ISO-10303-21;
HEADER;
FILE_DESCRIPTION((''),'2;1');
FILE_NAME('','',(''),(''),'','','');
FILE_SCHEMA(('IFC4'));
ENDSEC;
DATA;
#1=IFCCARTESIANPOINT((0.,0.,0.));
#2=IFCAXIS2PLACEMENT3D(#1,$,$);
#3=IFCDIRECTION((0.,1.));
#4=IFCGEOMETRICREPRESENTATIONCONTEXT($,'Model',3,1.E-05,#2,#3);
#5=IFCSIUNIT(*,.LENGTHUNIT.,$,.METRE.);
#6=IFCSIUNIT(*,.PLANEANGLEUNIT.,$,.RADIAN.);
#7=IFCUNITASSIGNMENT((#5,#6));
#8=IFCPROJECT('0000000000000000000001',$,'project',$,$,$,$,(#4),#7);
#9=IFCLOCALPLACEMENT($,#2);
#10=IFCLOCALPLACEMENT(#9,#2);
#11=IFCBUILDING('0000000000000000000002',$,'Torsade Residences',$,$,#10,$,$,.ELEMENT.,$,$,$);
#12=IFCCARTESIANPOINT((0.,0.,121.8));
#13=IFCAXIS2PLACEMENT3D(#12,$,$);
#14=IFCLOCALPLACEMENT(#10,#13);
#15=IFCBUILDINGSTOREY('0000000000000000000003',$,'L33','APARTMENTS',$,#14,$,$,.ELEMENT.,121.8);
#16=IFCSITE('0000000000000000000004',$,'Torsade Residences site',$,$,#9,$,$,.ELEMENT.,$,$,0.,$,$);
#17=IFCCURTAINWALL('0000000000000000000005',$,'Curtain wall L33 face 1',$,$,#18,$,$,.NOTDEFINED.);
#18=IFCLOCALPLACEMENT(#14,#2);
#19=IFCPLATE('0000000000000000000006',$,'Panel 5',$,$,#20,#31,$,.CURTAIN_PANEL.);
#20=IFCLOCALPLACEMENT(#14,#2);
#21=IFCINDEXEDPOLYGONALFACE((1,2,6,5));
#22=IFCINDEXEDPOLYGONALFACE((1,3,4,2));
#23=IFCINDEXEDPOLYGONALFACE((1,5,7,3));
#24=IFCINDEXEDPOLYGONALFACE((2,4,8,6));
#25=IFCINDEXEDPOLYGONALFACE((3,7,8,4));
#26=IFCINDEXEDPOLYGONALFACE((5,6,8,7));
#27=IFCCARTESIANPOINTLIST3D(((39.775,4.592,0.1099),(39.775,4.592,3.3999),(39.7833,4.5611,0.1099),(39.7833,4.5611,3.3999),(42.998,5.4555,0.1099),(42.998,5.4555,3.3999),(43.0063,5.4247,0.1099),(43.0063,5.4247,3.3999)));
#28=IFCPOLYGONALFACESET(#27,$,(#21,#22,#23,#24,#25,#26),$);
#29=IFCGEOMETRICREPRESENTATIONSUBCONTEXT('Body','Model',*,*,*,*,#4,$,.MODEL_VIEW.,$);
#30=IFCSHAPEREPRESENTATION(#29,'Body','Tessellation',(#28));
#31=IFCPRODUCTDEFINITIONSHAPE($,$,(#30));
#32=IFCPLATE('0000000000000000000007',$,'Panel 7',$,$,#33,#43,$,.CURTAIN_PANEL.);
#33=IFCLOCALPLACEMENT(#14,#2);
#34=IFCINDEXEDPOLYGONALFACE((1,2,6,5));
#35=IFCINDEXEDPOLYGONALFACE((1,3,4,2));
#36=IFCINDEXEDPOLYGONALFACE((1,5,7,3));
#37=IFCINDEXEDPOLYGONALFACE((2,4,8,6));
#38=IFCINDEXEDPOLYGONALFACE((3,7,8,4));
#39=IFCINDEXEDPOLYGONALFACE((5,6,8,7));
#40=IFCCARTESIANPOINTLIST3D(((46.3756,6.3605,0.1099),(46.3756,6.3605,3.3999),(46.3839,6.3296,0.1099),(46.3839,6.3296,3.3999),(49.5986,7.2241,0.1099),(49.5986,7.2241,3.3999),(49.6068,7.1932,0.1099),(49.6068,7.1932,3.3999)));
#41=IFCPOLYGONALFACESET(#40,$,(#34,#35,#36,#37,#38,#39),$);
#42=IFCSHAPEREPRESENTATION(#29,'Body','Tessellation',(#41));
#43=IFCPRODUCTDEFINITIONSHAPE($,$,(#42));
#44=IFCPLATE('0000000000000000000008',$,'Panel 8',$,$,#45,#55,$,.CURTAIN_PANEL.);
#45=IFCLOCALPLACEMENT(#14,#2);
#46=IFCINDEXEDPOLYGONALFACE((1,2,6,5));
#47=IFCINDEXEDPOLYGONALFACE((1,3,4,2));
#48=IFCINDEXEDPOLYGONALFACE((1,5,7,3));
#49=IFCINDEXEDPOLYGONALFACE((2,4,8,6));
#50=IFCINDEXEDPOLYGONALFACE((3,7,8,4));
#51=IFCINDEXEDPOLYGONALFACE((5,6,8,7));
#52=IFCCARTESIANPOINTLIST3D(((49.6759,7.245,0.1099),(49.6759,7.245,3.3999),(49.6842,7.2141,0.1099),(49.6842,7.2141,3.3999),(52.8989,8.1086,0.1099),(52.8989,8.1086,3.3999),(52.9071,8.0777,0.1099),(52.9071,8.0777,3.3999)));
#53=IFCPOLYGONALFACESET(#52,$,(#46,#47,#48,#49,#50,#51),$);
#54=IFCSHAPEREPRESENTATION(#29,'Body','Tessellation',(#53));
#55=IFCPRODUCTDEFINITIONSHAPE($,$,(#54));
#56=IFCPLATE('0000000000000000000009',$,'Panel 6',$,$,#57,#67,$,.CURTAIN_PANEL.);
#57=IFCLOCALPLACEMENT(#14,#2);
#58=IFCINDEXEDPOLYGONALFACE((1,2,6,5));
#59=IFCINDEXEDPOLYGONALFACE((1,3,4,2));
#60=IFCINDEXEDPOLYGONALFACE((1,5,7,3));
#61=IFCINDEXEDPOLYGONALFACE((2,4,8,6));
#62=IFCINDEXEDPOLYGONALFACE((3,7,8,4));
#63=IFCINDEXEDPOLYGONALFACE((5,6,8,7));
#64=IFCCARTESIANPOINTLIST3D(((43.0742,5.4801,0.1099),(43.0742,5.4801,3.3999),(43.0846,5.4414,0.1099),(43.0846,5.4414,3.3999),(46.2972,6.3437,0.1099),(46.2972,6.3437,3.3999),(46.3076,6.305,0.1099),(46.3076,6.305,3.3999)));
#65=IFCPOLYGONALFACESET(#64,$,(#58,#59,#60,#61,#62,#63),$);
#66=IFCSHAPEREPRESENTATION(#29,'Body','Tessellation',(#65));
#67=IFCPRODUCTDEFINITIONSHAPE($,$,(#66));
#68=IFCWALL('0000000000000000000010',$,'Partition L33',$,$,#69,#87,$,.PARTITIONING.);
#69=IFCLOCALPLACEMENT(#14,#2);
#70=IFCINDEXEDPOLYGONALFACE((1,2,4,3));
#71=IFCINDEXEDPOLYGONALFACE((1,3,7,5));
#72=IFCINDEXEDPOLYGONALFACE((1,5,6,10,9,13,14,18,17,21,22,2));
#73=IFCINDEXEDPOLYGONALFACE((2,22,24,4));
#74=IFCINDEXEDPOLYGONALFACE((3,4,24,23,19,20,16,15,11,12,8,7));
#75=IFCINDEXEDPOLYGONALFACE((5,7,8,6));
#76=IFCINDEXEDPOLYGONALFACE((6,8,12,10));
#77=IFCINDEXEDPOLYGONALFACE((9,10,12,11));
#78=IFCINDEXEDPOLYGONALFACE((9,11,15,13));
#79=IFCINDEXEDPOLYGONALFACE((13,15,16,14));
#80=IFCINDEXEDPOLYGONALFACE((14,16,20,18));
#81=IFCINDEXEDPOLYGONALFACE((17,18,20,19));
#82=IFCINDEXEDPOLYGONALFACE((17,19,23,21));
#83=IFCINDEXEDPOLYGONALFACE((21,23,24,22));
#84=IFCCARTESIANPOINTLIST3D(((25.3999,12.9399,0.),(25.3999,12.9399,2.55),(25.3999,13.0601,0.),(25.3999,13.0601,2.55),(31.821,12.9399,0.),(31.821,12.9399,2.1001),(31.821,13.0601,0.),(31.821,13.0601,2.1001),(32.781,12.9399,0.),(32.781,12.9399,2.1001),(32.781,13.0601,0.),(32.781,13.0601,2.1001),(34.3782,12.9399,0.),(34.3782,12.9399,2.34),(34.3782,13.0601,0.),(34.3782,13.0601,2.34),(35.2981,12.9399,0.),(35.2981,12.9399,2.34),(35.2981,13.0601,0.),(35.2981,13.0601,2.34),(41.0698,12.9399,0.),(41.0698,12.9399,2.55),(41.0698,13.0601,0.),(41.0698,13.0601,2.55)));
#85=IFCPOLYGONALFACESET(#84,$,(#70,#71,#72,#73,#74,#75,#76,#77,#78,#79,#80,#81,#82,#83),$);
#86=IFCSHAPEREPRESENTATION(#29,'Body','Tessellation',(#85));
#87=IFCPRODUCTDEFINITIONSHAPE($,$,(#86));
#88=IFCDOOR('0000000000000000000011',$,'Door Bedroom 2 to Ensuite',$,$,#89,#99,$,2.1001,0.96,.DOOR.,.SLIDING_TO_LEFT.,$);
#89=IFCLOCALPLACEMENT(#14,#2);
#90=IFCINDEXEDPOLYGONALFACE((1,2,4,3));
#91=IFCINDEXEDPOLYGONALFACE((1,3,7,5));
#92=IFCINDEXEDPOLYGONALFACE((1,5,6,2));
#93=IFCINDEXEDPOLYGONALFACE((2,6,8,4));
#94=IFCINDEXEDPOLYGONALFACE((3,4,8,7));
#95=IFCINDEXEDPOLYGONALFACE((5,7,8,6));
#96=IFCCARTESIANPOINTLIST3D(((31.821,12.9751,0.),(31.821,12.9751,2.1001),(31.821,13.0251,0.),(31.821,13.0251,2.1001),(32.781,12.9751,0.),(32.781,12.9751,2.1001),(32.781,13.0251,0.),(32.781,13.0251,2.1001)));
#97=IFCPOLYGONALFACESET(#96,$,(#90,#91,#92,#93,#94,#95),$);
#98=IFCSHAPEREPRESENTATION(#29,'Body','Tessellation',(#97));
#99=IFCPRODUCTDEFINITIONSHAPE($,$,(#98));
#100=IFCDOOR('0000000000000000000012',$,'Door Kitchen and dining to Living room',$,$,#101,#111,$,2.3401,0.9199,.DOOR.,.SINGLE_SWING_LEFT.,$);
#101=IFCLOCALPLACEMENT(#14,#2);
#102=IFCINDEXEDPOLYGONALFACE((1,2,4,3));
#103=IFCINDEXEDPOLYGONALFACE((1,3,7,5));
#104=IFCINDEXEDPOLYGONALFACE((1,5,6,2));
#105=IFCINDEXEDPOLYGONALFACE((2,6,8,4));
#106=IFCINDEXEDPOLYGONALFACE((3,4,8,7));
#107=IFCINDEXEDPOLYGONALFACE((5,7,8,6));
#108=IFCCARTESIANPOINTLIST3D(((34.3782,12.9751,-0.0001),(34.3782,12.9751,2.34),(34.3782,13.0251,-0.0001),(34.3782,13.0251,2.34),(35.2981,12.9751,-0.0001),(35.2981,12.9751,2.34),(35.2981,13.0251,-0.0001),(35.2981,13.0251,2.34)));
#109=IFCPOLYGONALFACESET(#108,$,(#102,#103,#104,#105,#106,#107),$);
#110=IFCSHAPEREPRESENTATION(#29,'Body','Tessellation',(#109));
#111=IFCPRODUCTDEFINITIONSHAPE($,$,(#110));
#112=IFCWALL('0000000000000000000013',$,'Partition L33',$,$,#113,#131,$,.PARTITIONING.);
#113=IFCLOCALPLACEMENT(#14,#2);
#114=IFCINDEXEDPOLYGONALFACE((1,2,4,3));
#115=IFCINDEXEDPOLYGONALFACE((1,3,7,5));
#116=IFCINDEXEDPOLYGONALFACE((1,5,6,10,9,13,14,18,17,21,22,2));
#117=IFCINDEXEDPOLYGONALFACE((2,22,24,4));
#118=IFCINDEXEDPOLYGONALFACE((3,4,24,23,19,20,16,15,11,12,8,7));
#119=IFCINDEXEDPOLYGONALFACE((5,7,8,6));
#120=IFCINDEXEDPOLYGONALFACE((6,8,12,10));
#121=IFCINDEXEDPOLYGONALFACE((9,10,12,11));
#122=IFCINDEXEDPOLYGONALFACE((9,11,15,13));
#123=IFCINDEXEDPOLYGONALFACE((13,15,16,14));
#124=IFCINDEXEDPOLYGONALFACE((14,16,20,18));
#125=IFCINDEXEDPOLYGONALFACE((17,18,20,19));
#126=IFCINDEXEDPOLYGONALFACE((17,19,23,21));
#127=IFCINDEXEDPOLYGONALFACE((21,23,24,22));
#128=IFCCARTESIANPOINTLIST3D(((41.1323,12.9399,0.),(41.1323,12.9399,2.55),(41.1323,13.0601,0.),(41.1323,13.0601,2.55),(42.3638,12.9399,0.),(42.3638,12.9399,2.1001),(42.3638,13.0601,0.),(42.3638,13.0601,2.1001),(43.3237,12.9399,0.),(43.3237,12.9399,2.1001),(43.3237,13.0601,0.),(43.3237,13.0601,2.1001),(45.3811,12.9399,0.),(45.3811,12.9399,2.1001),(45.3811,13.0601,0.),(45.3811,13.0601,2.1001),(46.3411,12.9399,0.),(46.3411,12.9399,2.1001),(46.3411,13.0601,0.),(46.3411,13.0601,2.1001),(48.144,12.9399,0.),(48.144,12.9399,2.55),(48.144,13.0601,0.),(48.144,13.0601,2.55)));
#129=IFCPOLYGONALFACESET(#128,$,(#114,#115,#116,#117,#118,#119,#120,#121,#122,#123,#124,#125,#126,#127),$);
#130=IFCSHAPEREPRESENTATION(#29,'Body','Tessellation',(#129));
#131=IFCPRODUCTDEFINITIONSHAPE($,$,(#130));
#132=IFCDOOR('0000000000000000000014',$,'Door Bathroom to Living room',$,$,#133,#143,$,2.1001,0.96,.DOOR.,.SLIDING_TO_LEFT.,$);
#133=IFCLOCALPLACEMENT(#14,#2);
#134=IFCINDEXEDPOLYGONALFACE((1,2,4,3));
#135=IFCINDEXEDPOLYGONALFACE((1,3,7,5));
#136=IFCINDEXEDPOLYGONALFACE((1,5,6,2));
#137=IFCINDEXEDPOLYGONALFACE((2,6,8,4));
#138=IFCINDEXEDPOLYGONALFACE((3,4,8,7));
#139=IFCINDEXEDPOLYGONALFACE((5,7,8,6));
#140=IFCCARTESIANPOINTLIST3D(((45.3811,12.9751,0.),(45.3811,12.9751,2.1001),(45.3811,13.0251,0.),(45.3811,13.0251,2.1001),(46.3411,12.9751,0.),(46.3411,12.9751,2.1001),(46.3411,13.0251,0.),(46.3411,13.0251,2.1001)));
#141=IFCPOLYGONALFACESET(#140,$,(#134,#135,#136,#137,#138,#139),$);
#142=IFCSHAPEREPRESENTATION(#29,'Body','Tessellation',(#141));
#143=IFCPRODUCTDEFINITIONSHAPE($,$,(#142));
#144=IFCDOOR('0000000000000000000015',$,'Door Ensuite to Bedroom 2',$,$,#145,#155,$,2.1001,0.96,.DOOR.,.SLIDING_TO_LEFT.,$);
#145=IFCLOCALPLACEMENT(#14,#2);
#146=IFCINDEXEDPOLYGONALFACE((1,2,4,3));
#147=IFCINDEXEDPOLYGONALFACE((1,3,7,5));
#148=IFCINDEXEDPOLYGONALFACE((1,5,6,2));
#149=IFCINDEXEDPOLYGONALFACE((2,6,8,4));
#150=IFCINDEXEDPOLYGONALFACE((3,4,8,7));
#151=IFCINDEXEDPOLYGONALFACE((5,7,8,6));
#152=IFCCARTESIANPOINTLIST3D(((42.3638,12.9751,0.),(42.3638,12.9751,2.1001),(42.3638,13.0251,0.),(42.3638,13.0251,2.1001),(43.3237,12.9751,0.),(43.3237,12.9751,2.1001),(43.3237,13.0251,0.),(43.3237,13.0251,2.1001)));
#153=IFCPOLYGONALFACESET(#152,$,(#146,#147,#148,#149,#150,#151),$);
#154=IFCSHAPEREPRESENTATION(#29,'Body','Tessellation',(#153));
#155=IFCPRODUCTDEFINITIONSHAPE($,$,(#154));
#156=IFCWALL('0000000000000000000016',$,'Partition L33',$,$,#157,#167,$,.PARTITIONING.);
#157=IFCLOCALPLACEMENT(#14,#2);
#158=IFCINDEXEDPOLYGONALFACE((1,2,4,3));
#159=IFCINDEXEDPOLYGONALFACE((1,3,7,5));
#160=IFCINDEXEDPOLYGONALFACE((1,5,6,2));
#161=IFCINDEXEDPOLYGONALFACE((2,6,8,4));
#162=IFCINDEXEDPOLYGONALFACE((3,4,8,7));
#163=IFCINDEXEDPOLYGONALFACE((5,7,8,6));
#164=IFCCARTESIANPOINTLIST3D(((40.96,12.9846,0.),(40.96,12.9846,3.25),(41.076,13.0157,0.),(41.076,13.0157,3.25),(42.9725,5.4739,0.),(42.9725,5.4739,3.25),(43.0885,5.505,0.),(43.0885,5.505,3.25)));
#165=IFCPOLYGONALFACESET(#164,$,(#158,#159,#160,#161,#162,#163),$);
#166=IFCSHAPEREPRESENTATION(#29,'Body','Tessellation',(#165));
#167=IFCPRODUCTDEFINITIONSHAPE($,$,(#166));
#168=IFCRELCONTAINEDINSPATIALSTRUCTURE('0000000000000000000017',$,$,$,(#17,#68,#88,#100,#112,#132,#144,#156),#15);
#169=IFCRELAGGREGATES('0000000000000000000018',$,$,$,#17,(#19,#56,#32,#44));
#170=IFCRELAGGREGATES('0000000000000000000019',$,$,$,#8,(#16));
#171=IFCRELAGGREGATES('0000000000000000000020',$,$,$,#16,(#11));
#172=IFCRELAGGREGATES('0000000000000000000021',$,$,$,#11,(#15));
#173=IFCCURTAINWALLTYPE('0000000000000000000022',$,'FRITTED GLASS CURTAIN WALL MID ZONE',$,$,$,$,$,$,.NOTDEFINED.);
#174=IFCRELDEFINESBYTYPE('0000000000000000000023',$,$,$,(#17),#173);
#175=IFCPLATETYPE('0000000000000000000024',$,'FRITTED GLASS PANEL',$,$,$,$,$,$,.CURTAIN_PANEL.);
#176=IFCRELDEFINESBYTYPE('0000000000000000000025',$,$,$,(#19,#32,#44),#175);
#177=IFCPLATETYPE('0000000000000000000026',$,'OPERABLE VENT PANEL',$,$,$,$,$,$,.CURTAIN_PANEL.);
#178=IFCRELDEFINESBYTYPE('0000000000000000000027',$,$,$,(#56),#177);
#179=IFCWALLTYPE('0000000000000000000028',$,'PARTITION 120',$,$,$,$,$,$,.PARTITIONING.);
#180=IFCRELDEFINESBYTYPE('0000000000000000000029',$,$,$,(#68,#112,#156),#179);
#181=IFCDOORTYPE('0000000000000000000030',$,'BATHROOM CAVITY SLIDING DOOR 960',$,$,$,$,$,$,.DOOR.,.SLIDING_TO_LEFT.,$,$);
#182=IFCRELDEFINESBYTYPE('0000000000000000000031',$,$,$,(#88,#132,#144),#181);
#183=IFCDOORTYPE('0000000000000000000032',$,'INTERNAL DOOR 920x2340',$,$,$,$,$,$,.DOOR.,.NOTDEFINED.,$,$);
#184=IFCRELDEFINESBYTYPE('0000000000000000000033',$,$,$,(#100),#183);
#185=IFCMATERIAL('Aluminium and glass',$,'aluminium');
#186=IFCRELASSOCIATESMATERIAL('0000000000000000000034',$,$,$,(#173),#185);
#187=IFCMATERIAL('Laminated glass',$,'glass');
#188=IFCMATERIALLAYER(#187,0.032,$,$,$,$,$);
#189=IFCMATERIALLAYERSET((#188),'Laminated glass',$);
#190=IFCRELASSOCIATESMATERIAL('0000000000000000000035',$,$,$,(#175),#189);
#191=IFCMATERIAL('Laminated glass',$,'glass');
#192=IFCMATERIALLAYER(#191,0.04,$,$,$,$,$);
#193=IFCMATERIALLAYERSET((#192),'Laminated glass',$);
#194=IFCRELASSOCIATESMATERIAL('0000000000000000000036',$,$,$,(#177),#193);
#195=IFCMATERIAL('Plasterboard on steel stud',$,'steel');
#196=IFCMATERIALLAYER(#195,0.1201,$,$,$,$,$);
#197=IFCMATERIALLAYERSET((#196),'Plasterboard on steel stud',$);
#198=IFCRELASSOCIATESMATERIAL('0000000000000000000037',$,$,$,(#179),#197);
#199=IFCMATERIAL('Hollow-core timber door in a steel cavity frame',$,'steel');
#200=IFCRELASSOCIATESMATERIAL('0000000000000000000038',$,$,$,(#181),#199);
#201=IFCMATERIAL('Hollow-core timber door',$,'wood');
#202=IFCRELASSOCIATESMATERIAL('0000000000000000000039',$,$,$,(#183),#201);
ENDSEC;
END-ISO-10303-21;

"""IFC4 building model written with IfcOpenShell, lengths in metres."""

from ifc_helpers import new_model, si_unit, direction, frame, frame_2d, origin, origin_2d, place, context, subcontext, project, spatial, rectangle, extrude, material, layer, layer_set, type_object, element, fill, aggregate, save


model = new_model("IFC4")

# Units and contexts
model_context = context("Model", 3, precision=1e-05, world=origin(), true_north=direction((0.0, 1.0)))
body_context = subcontext(model_context, "Body", "Model", "MODEL_VIEW")
ifc_project = project(units=[si_unit("LENGTHUNIT", "METRE"), si_unit("PLANEANGLEUNIT", "RADIAN")], contexts=[model_context])

# Site, building, storey
site_placement = place(None, origin())
site = spatial("IfcSite", under=ifc_project, at=site_placement, Name="Torsade Residences site", CompositionType="ELEMENT", RefElevation=0.0)
building_placement = place(site_placement, origin())
building = spatial("IfcBuilding", under=site, at=building_placement, Name="Torsade Residences", CompositionType="ELEMENT")
storey_placement = place(building_placement, frame((0.0, 0.0, 121.8)))
storey = spatial("IfcBuildingStorey", under=building, at=storey_placement, Name="L33", Description="APARTMENTS", CompositionType="ELEMENT", Elevation=121.8)

# Curtain wall
ifc_material_1 = material(Name="Aluminium and glass", Category="aluminium")
curtain_wall_type = type_object("IfcCurtainWallType", Name="FRITTED GLASS CURTAIN WALL MID ZONE", PredefinedType="NOTDEFINED", material=ifc_material_1)
curtain_wall_placement = place(storey_placement, origin())
curtain_wall = element("IfcCurtainWall", 1, at=curtain_wall_placement, inside=storey, type_object=curtain_wall_type, Name="Curtain wall L33 face 1", PredefinedType="NOTDEFINED")

# Plates
ifc_material_2 = material(Name="Laminated glass", Category="glass")
ifc_layer_1 = layer(ifc_material_2, 0.032)
ifc_layer_set_1 = layer_set([ifc_layer_1], Name="Laminated glass")
plate_type_1 = type_object("IfcPlateType", Name="FRITTED GLASS PANEL", PredefinedType="CURTAIN_PANEL", material=ifc_layer_set_1)
plate_1_placement = place(storey_placement, frame((41.3906, 5.0083, 0.1099), z_axis=(0.0, 0.0, 1.0), x_axis=(0.965926, 0.258819, 0.0)))
plate_1 = element("IfcPlate", 2, at=plate_1_placement, type_object=plate_type_1, Name="Panel 5", PredefinedType="CURTAIN_PANEL", context=body_context, shape_type="SweptSolid", body=[
    extrude(rectangle(XDim=3.3367, YDim=0.032, at=origin_2d()), origin(), (0.0, 0.0, 1.0), 3.29),
])
plate_2_placement = place(storey_placement, frame((47.9912, 6.7769, 0.1099), z_axis=(0.0, 0.0, 1.0), x_axis=(0.965926, 0.258819, 0.0)))
plate_2 = element("IfcPlate", 3, at=plate_2_placement, type_object=plate_type_1, Name="Panel 7", PredefinedType="CURTAIN_PANEL", context=body_context, shape_type="SweptSolid", body=[
    extrude(rectangle(XDim=3.3367, YDim=0.032, at=origin_2d()), origin(), (0.0, 0.0, 1.0), 3.29),
])
plate_3_placement = place(storey_placement, frame((51.2915, 7.6614, 0.1099), z_axis=(0.0, 0.0, 1.0), x_axis=(0.965926, 0.258819, 0.0)))
plate_3 = element("IfcPlate", 4, at=plate_3_placement, type_object=plate_type_1, Name="Panel 8", PredefinedType="CURTAIN_PANEL", context=body_context, shape_type="SweptSolid", body=[
    extrude(rectangle(XDim=3.3367, YDim=0.032, at=origin_2d()), origin(), (0.0, 0.0, 1.0), 3.29),
])
ifc_material_3 = material(Name="Laminated glass", Category="glass")
ifc_layer_2 = layer(ifc_material_3, 0.04)
ifc_layer_set_2 = layer_set([ifc_layer_2], Name="Laminated glass")
plate_type_2 = type_object("IfcPlateType", Name="OPERABLE VENT PANEL", PredefinedType="CURTAIN_PANEL", material=ifc_layer_set_2)
plate_4_placement = place(storey_placement, frame((44.6909, 5.8926, 0.1099), z_axis=(0.0, 0.0, 1.0), x_axis=(0.965926, 0.258819, 0.0)))
plate_4 = element("IfcPlate", 5, at=plate_4_placement, type_object=plate_type_2, Name="Panel 6", PredefinedType="CURTAIN_PANEL", context=body_context, shape_type="SweptSolid", body=[
    extrude(rectangle(XDim=3.3367, YDim=0.04, at=origin_2d()), origin(), (0.0, 0.0, 1.0), 3.29),
])
aggregate(curtain_wall, [plate_1, plate_4, plate_2, plate_3])

# Walls, openings, doors
ifc_material_4 = material(Name="Plasterboard on steel stud", Category="steel")
ifc_layer_3 = layer(ifc_material_4, 0.1201)
ifc_layer_set_3 = layer_set([ifc_layer_3], Name="Plasterboard on steel stud")
wall_type_1 = type_object("IfcWallType", Name="PARTITION 120", PredefinedType="PARTITIONING", material=ifc_layer_set_3)
wall_1_placement = place(storey_placement, frame((41.0698, 13.0, 0.0), z_axis=(0.0, 0.0, 1.0), x_axis=(-1.0, 0.0, 0.0)))
wall_1 = element("IfcWall", 6, at=wall_1_placement, inside=storey, type_object=wall_type_1, Name="Partition L33", PredefinedType="PARTITIONING", context=body_context, shape_type="SweptSolid", body=[
    extrude(rectangle(XDim=15.6699, YDim=0.1201, at=frame_2d((7.835, 0.0))), origin(), (0.0, 0.0, 1.0), 2.55),
])
opening_1_placement = place(wall_1_placement, frame((5.7717, 0.0, 0.0)))
opening_1 = element("IfcOpeningElement", 7, at=opening_1_placement, cuts=wall_1, PredefinedType="OPENING", context=body_context, shape_type="SweptSolid", body=[
    extrude(rectangle(XDim=0.9199, YDim=2.3401, at=frame_2d((0.46, 1.1699))), frame((0.0, 0.0701, 0.0), z_axis=(0.0, -1.0, 0.0), x_axis=(1.0, 0.0, 0.0)), (0.0, 0.0, 1.0), 0.1401),
])
opening_2_placement = place(wall_1_placement, frame((8.2888, 0.0, 0.0)))
opening_2 = element("IfcOpeningElement", 8, at=opening_2_placement, cuts=wall_1, PredefinedType="OPENING", context=body_context, shape_type="SweptSolid", body=[
    extrude(rectangle(XDim=0.96, YDim=2.1001, at=frame_2d((0.48, 1.05))), frame((0.0, 0.0701, 0.0), z_axis=(0.0, -1.0, 0.0), x_axis=(1.0, 0.0, 0.0)), (0.0, 0.0, 1.0), 0.1401),
])
ifc_material_5 = material(Name="Hollow-core timber door in a steel cavity frame", Category="steel")
door_type_1 = type_object("IfcDoorType", Name="BATHROOM CAVITY SLIDING DOOR 960", OperationType="SLIDING_TO_LEFT", PredefinedType="DOOR", material=ifc_material_5)
door_1_placement = place(opening_2_placement, origin())
door_1 = element("IfcDoor", 9, at=door_1_placement, inside=storey, type_object=door_type_1, Name="Door Bedroom 2 to Ensuite", OperationType="SLIDING_TO_LEFT", OverallHeight=2.1001, OverallWidth=0.96, PredefinedType="DOOR", context=body_context, shape_type="SweptSolid", body=[
    extrude(rectangle(XDim=0.96, YDim=2.1001, at=frame_2d((0.48, 1.05))), frame((0.0, 0.0249, 0.0), z_axis=(0.0, -1.0, 0.0), x_axis=(1.0, 0.0, 0.0)), (0.0, 0.0, 1.0), 0.05),
])
fill(opening_2, door_1)
ifc_material_6 = material(Name="Hollow-core timber door", Category="wood")
door_type_2 = type_object("IfcDoorType", Name="INTERNAL DOOR 920x2340", OperationType="NOTDEFINED", PredefinedType="DOOR", material=ifc_material_6)
door_2_placement = place(opening_1_placement, origin())
door_2 = element("IfcDoor", 10, at=door_2_placement, inside=storey, type_object=door_type_2, Name="Door Kitchen and dining to Living room", OperationType="SINGLE_SWING_LEFT", OverallHeight=2.3401, OverallWidth=0.9199, PredefinedType="DOOR", context=body_context, shape_type="SweptSolid", body=[
    extrude(rectangle(XDim=0.9199, YDim=2.3401, at=frame_2d((0.46, 1.1699))), frame((0.0, 0.0249, 0.0), z_axis=(0.0, -1.0, 0.0), x_axis=(1.0, 0.0, 0.0)), (0.0, 0.0, 1.0), 0.05),
])
fill(opening_1, door_2)
wall_2_placement = place(storey_placement, frame((48.144, 13.0, 0.0), z_axis=(0.0, 0.0, 1.0), x_axis=(-1.0, 0.0, 0.0)))
wall_2 = element("IfcWall", 11, at=wall_2_placement, inside=storey, type_object=wall_type_1, Name="Partition L33", PredefinedType="PARTITIONING", context=body_context, shape_type="SweptSolid", body=[
    extrude(rectangle(XDim=7.0117, YDim=0.1201, at=frame_2d((3.5059, 0.0))), origin(), (0.0, 0.0, 1.0), 2.55),
])
opening_3_placement = place(wall_2_placement, frame((1.803, 0.0, 0.0)))
opening_3 = element("IfcOpeningElement", 12, at=opening_3_placement, cuts=wall_2, PredefinedType="OPENING", context=body_context, shape_type="SweptSolid", body=[
    extrude(rectangle(XDim=0.96, YDim=2.1001, at=frame_2d((0.48, 1.05))), frame((0.0, 0.0701, 0.0), z_axis=(0.0, -1.0, 0.0), x_axis=(1.0, 0.0, 0.0)), (0.0, 0.0, 1.0), 0.1401),
])
opening_4_placement = place(wall_2_placement, frame((4.8203, 0.0, 0.0)))
opening_4 = element("IfcOpeningElement", 13, at=opening_4_placement, cuts=wall_2, PredefinedType="OPENING", context=body_context, shape_type="SweptSolid", body=[
    extrude(rectangle(XDim=0.96, YDim=2.1001, at=frame_2d((0.48, 1.05))), frame((0.0, 0.0701, 0.0), z_axis=(0.0, -1.0, 0.0), x_axis=(1.0, 0.0, 0.0)), (0.0, 0.0, 1.0), 0.1401),
])
door_3_placement = place(opening_3_placement, origin())
door_3 = element("IfcDoor", 14, at=door_3_placement, inside=storey, type_object=door_type_1, Name="Door Bathroom to Living room", OperationType="SLIDING_TO_LEFT", OverallHeight=2.1001, OverallWidth=0.96, PredefinedType="DOOR", context=body_context, shape_type="SweptSolid", body=[
    extrude(rectangle(XDim=0.96, YDim=2.1001, at=frame_2d((0.48, 1.05))), frame((0.0, 0.0249, 0.0), z_axis=(0.0, -1.0, 0.0), x_axis=(1.0, 0.0, 0.0)), (0.0, 0.0, 1.0), 0.05),
])
fill(opening_3, door_3)
door_4_placement = place(opening_4_placement, origin())
door_4 = element("IfcDoor", 15, at=door_4_placement, inside=storey, type_object=door_type_1, Name="Door Ensuite to Bedroom 2", OperationType="SLIDING_TO_LEFT", OverallHeight=2.1001, OverallWidth=0.96, PredefinedType="DOOR", context=body_context, shape_type="SweptSolid", body=[
    extrude(rectangle(XDim=0.96, YDim=2.1001, at=frame_2d((0.48, 1.05))), frame((0.0, 0.0249, 0.0), z_axis=(0.0, -1.0, 0.0), x_axis=(1.0, 0.0, 0.0)), (0.0, 0.0, 1.0), 0.05),
])
fill(opening_4, door_4)

# Wall
wall_3_placement = place(storey_placement, frame((41.0181, 13.0, 0.0), z_axis=(0.0, 0.0, 1.0), x_axis=(0.258814, -0.965927, 0.0)))
element("IfcWall", 16, at=wall_3_placement, inside=storey, type_object=wall_type_1, Name="Partition L33", PredefinedType="PARTITIONING", context=body_context, shape_type="SweptSolid", body=[
    extrude(rectangle(XDim=7.7756, YDim=0.1201, at=frame_2d((3.8877, 0.0))), origin(), (0.0, 0.0, 1.0), 3.25),
])

save(model, "model.ifc")
